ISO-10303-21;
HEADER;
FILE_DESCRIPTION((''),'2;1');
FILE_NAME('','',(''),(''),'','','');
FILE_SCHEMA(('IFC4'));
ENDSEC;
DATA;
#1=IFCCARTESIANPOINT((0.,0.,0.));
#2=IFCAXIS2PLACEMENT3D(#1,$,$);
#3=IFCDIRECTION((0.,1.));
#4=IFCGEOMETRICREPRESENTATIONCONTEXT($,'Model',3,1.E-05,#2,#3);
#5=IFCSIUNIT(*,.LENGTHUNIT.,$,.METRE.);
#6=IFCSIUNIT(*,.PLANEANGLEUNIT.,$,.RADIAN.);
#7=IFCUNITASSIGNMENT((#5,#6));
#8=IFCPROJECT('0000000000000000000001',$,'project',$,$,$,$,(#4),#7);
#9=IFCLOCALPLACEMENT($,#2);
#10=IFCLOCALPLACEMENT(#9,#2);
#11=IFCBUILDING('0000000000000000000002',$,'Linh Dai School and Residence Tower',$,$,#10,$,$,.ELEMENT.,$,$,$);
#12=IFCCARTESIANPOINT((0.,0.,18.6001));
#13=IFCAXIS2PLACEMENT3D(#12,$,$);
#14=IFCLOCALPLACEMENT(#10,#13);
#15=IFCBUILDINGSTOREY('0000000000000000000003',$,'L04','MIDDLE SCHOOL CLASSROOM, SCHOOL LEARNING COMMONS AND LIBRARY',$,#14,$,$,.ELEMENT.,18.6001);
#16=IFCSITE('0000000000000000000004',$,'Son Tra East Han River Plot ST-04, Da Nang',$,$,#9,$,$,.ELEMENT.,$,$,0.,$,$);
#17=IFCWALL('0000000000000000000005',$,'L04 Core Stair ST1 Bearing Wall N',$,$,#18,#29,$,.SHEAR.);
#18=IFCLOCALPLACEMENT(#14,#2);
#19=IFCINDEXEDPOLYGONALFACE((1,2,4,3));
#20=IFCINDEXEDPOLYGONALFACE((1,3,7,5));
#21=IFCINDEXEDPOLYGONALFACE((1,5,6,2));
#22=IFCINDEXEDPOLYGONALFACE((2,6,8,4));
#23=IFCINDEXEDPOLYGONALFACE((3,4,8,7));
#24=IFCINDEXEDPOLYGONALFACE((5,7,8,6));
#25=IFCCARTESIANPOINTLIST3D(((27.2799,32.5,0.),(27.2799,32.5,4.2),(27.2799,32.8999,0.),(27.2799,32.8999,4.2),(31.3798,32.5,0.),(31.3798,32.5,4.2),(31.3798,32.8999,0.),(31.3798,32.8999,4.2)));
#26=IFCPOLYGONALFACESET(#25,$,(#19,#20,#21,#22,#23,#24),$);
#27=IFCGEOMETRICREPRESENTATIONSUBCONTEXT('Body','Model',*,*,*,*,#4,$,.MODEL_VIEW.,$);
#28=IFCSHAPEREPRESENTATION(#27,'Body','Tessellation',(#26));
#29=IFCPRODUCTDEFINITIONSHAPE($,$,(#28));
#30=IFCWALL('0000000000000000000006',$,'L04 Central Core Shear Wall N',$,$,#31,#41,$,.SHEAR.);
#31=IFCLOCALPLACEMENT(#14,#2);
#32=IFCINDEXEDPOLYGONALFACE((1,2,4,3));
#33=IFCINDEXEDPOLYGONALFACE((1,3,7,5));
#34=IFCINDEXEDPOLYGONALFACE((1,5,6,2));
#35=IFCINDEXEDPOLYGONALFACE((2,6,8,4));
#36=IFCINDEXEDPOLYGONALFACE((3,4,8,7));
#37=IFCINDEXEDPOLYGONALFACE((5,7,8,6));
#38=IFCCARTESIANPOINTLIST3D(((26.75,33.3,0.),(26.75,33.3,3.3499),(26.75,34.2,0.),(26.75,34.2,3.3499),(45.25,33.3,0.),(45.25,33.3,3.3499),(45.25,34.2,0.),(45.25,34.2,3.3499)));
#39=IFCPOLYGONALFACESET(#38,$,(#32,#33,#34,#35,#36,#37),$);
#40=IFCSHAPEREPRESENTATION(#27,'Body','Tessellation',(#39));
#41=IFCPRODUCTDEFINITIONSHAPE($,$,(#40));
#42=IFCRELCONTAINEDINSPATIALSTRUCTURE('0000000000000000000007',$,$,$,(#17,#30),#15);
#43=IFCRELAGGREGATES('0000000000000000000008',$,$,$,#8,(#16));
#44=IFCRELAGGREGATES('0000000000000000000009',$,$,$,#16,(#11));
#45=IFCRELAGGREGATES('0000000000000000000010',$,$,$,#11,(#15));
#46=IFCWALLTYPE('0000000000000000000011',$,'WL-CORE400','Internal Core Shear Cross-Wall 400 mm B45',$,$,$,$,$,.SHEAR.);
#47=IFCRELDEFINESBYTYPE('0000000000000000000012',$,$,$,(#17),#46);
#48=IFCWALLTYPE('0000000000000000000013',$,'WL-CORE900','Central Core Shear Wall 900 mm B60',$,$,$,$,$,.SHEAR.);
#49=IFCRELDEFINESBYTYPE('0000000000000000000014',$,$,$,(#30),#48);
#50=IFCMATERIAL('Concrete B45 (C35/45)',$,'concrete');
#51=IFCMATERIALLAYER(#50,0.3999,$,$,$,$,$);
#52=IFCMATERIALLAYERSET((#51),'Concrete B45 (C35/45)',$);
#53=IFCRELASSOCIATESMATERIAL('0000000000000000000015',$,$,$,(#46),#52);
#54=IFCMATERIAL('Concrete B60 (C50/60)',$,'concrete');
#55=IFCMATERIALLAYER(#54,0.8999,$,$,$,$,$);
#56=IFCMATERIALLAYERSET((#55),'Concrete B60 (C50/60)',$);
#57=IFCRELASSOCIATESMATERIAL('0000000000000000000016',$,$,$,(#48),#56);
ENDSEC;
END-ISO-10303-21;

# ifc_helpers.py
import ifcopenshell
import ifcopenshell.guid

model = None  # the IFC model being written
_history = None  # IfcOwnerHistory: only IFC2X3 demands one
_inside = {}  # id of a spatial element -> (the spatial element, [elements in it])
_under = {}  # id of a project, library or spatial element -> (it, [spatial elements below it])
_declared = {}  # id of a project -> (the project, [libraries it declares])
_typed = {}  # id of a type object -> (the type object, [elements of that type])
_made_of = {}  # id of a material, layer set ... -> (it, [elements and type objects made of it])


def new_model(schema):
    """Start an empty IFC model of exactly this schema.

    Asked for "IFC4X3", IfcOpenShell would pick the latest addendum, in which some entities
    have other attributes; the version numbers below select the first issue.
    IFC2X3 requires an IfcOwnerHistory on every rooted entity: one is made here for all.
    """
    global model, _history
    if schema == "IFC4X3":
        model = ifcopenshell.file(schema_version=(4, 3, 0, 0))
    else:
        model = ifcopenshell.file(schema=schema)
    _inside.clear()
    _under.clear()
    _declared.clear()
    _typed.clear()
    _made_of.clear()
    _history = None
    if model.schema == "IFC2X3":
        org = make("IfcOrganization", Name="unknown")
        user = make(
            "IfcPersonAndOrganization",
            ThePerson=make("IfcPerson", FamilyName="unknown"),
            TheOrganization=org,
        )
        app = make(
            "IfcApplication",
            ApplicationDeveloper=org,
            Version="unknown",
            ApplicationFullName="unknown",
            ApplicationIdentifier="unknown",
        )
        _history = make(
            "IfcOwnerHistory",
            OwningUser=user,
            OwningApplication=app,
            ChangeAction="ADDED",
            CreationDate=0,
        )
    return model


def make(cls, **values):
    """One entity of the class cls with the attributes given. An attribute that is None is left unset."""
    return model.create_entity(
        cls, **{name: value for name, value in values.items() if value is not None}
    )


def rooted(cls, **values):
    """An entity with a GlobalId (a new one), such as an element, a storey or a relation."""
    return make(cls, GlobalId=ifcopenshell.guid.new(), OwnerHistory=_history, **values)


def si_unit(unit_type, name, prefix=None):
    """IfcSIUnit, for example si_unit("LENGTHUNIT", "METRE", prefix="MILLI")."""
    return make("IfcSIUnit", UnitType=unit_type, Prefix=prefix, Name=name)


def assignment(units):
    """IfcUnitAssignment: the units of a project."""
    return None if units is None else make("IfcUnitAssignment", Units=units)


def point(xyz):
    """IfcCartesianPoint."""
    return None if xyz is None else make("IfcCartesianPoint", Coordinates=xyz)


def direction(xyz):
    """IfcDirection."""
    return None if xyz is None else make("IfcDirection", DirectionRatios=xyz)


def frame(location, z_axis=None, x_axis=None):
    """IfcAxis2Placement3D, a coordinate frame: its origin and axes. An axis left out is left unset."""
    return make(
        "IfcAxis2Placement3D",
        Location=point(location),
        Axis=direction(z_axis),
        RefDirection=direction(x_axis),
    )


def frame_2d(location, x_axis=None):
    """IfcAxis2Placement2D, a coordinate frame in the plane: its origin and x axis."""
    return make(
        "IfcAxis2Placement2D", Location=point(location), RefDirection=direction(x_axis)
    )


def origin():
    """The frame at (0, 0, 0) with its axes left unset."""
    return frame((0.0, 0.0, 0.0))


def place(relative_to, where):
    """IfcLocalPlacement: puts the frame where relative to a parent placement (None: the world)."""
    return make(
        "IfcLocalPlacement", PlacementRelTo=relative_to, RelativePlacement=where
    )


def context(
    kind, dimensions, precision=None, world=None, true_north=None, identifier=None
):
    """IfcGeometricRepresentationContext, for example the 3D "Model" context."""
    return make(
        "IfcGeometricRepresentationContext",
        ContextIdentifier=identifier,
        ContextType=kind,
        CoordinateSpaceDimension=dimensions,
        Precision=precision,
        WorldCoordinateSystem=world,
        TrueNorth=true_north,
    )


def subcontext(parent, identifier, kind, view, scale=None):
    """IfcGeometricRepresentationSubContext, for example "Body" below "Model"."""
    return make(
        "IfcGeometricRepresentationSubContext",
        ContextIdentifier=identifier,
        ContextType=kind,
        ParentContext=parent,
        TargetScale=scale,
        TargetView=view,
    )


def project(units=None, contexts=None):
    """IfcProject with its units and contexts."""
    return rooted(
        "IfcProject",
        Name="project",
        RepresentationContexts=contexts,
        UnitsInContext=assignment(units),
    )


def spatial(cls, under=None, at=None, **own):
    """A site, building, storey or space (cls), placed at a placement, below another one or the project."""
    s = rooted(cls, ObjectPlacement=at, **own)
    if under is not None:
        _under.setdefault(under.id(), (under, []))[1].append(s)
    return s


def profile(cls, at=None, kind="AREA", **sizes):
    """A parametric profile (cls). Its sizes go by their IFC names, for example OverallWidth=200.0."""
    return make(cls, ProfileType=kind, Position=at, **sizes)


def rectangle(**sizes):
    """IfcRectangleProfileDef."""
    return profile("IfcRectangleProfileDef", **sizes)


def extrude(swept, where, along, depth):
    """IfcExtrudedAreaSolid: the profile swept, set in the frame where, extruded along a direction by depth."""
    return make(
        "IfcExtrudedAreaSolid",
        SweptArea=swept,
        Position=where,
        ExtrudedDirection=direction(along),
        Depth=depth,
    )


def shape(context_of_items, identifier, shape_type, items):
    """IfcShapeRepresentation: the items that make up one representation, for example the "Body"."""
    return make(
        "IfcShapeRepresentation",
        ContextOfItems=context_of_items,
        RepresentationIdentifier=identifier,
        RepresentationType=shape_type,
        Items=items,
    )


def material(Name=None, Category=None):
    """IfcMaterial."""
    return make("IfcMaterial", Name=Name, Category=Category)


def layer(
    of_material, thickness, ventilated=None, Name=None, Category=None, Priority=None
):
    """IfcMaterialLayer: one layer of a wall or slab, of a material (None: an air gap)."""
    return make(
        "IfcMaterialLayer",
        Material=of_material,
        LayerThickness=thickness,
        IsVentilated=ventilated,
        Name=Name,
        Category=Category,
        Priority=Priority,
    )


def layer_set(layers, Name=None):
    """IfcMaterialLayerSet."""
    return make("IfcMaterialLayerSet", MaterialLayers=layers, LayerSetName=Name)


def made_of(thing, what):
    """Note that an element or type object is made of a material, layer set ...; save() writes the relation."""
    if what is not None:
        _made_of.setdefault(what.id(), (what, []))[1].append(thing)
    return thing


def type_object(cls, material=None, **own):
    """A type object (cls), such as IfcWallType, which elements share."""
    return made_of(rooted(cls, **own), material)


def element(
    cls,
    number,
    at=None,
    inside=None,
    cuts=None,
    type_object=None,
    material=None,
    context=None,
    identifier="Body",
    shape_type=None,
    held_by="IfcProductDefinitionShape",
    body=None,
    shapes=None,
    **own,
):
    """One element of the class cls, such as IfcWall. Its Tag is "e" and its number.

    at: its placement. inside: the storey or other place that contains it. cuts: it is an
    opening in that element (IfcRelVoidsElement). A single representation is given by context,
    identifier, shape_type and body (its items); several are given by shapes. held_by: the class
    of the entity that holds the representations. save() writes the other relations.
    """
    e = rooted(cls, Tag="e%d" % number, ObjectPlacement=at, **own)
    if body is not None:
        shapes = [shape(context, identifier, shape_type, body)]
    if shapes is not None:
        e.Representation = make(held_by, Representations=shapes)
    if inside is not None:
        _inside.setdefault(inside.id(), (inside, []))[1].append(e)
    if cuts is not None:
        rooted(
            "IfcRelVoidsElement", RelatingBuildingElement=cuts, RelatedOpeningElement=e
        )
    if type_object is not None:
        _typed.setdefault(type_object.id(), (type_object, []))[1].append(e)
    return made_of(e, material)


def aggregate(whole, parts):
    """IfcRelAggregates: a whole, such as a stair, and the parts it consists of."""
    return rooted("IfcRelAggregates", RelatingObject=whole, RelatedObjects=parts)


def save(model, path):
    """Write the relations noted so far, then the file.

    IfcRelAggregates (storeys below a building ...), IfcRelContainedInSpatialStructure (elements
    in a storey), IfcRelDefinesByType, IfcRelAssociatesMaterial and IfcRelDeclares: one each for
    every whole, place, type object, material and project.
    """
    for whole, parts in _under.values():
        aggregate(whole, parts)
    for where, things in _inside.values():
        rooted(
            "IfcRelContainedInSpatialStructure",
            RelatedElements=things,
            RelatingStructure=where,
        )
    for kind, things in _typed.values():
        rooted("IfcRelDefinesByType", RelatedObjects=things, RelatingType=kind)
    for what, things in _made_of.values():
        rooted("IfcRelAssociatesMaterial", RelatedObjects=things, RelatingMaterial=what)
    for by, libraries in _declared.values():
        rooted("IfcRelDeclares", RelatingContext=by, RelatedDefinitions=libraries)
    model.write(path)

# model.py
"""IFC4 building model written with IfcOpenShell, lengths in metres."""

from ifc_helpers import new_model, si_unit, direction, frame, frame_2d, origin, place, context, subcontext, project, spatial, rectangle, extrude, material, layer, layer_set, type_object, element, save


model = new_model("IFC4")

# Units and contexts
model_context = context("Model", 3, precision=1e-05, world=origin(), true_north=direction((0.0, 1.0)))
body_context = subcontext(model_context, "Body", "Model", "MODEL_VIEW")
ifc_project = project(units=[si_unit("LENGTHUNIT", "METRE"), si_unit("PLANEANGLEUNIT", "RADIAN")], contexts=[model_context])

# Site, building, storey
site_placement = place(None, origin())
site = spatial("IfcSite", under=ifc_project, at=site_placement, Name="Son Tra East Han River Plot ST-04, Da Nang", CompositionType="ELEMENT", RefElevation=0.0)
building_placement = place(site_placement, origin())
building = spatial("IfcBuilding", under=site, at=building_placement, Name="Linh Dai School and Residence Tower", CompositionType="ELEMENT")
storey_placement = place(building_placement, frame((0.0, 0.0, 18.6001)))
storey = spatial("IfcBuildingStorey", under=building, at=storey_placement, Name="L04", Description="MIDDLE SCHOOL CLASSROOM, SCHOOL LEARNING COMMONS AND LIBRARY", CompositionType="ELEMENT", Elevation=18.6001)

# Shared definitions
ifc_material_1 = material(Name="Concrete B60 (C50/60)", Category="concrete")

# Walls
ifc_material_2 = material(Name="Concrete B45 (C35/45)", Category="concrete")
ifc_layer_1 = layer(ifc_material_2, 0.3999)
ifc_layer_set_1 = layer_set([ifc_layer_1], Name="Concrete B45 (C35/45)")
wall_type_1 = type_object("IfcWallType", Name="WL-CORE400", Description="Internal Core Shear Cross-Wall 400 mm B45", PredefinedType="SHEAR", material=ifc_layer_set_1)
wall_1_placement = place(storey_placement, frame((27.28, 32.7, 0.0), z_axis=(0.0, 0.0, 1.0), x_axis=(1.0, 0.0, 0.0)))
element("IfcWall", 1, at=wall_1_placement, inside=storey, type_object=wall_type_1, Name="L04 Core Stair ST1 Bearing Wall N", PredefinedType="SHEAR", context=body_context, shape_type="SweptSolid", body=[
    extrude(rectangle(XDim=4.0999, YDim=0.3999, at=frame_2d((2.0498, 0.0))), origin(), (0.0, 0.0, 1.0), 4.2),
])
ifc_layer_2 = layer(ifc_material_1, 0.8999)
ifc_layer_set_2 = layer_set([ifc_layer_2], Name="Concrete B60 (C50/60)")
wall_type_2 = type_object("IfcWallType", Name="WL-CORE900", Description="Central Core Shear Wall 900 mm B60", PredefinedType="SHEAR", material=ifc_layer_set_2)
wall_2_placement = place(storey_placement, frame((26.75, 33.75, 0.0), z_axis=(0.0, 0.0, 1.0), x_axis=(1.0, 0.0, 0.0)))
element("IfcWall", 2, at=wall_2_placement, inside=storey, type_object=wall_type_2, Name="L04 Central Core Shear Wall N", PredefinedType="SHEAR", context=body_context, shape_type="SweptSolid", body=[
    extrude(rectangle(XDim=18.5, YDim=0.8999, at=frame_2d((9.25, 0.0))), origin(), (0.0, 0.0, 1.0), 3.3499),
])

save(model, "model.ifc")
